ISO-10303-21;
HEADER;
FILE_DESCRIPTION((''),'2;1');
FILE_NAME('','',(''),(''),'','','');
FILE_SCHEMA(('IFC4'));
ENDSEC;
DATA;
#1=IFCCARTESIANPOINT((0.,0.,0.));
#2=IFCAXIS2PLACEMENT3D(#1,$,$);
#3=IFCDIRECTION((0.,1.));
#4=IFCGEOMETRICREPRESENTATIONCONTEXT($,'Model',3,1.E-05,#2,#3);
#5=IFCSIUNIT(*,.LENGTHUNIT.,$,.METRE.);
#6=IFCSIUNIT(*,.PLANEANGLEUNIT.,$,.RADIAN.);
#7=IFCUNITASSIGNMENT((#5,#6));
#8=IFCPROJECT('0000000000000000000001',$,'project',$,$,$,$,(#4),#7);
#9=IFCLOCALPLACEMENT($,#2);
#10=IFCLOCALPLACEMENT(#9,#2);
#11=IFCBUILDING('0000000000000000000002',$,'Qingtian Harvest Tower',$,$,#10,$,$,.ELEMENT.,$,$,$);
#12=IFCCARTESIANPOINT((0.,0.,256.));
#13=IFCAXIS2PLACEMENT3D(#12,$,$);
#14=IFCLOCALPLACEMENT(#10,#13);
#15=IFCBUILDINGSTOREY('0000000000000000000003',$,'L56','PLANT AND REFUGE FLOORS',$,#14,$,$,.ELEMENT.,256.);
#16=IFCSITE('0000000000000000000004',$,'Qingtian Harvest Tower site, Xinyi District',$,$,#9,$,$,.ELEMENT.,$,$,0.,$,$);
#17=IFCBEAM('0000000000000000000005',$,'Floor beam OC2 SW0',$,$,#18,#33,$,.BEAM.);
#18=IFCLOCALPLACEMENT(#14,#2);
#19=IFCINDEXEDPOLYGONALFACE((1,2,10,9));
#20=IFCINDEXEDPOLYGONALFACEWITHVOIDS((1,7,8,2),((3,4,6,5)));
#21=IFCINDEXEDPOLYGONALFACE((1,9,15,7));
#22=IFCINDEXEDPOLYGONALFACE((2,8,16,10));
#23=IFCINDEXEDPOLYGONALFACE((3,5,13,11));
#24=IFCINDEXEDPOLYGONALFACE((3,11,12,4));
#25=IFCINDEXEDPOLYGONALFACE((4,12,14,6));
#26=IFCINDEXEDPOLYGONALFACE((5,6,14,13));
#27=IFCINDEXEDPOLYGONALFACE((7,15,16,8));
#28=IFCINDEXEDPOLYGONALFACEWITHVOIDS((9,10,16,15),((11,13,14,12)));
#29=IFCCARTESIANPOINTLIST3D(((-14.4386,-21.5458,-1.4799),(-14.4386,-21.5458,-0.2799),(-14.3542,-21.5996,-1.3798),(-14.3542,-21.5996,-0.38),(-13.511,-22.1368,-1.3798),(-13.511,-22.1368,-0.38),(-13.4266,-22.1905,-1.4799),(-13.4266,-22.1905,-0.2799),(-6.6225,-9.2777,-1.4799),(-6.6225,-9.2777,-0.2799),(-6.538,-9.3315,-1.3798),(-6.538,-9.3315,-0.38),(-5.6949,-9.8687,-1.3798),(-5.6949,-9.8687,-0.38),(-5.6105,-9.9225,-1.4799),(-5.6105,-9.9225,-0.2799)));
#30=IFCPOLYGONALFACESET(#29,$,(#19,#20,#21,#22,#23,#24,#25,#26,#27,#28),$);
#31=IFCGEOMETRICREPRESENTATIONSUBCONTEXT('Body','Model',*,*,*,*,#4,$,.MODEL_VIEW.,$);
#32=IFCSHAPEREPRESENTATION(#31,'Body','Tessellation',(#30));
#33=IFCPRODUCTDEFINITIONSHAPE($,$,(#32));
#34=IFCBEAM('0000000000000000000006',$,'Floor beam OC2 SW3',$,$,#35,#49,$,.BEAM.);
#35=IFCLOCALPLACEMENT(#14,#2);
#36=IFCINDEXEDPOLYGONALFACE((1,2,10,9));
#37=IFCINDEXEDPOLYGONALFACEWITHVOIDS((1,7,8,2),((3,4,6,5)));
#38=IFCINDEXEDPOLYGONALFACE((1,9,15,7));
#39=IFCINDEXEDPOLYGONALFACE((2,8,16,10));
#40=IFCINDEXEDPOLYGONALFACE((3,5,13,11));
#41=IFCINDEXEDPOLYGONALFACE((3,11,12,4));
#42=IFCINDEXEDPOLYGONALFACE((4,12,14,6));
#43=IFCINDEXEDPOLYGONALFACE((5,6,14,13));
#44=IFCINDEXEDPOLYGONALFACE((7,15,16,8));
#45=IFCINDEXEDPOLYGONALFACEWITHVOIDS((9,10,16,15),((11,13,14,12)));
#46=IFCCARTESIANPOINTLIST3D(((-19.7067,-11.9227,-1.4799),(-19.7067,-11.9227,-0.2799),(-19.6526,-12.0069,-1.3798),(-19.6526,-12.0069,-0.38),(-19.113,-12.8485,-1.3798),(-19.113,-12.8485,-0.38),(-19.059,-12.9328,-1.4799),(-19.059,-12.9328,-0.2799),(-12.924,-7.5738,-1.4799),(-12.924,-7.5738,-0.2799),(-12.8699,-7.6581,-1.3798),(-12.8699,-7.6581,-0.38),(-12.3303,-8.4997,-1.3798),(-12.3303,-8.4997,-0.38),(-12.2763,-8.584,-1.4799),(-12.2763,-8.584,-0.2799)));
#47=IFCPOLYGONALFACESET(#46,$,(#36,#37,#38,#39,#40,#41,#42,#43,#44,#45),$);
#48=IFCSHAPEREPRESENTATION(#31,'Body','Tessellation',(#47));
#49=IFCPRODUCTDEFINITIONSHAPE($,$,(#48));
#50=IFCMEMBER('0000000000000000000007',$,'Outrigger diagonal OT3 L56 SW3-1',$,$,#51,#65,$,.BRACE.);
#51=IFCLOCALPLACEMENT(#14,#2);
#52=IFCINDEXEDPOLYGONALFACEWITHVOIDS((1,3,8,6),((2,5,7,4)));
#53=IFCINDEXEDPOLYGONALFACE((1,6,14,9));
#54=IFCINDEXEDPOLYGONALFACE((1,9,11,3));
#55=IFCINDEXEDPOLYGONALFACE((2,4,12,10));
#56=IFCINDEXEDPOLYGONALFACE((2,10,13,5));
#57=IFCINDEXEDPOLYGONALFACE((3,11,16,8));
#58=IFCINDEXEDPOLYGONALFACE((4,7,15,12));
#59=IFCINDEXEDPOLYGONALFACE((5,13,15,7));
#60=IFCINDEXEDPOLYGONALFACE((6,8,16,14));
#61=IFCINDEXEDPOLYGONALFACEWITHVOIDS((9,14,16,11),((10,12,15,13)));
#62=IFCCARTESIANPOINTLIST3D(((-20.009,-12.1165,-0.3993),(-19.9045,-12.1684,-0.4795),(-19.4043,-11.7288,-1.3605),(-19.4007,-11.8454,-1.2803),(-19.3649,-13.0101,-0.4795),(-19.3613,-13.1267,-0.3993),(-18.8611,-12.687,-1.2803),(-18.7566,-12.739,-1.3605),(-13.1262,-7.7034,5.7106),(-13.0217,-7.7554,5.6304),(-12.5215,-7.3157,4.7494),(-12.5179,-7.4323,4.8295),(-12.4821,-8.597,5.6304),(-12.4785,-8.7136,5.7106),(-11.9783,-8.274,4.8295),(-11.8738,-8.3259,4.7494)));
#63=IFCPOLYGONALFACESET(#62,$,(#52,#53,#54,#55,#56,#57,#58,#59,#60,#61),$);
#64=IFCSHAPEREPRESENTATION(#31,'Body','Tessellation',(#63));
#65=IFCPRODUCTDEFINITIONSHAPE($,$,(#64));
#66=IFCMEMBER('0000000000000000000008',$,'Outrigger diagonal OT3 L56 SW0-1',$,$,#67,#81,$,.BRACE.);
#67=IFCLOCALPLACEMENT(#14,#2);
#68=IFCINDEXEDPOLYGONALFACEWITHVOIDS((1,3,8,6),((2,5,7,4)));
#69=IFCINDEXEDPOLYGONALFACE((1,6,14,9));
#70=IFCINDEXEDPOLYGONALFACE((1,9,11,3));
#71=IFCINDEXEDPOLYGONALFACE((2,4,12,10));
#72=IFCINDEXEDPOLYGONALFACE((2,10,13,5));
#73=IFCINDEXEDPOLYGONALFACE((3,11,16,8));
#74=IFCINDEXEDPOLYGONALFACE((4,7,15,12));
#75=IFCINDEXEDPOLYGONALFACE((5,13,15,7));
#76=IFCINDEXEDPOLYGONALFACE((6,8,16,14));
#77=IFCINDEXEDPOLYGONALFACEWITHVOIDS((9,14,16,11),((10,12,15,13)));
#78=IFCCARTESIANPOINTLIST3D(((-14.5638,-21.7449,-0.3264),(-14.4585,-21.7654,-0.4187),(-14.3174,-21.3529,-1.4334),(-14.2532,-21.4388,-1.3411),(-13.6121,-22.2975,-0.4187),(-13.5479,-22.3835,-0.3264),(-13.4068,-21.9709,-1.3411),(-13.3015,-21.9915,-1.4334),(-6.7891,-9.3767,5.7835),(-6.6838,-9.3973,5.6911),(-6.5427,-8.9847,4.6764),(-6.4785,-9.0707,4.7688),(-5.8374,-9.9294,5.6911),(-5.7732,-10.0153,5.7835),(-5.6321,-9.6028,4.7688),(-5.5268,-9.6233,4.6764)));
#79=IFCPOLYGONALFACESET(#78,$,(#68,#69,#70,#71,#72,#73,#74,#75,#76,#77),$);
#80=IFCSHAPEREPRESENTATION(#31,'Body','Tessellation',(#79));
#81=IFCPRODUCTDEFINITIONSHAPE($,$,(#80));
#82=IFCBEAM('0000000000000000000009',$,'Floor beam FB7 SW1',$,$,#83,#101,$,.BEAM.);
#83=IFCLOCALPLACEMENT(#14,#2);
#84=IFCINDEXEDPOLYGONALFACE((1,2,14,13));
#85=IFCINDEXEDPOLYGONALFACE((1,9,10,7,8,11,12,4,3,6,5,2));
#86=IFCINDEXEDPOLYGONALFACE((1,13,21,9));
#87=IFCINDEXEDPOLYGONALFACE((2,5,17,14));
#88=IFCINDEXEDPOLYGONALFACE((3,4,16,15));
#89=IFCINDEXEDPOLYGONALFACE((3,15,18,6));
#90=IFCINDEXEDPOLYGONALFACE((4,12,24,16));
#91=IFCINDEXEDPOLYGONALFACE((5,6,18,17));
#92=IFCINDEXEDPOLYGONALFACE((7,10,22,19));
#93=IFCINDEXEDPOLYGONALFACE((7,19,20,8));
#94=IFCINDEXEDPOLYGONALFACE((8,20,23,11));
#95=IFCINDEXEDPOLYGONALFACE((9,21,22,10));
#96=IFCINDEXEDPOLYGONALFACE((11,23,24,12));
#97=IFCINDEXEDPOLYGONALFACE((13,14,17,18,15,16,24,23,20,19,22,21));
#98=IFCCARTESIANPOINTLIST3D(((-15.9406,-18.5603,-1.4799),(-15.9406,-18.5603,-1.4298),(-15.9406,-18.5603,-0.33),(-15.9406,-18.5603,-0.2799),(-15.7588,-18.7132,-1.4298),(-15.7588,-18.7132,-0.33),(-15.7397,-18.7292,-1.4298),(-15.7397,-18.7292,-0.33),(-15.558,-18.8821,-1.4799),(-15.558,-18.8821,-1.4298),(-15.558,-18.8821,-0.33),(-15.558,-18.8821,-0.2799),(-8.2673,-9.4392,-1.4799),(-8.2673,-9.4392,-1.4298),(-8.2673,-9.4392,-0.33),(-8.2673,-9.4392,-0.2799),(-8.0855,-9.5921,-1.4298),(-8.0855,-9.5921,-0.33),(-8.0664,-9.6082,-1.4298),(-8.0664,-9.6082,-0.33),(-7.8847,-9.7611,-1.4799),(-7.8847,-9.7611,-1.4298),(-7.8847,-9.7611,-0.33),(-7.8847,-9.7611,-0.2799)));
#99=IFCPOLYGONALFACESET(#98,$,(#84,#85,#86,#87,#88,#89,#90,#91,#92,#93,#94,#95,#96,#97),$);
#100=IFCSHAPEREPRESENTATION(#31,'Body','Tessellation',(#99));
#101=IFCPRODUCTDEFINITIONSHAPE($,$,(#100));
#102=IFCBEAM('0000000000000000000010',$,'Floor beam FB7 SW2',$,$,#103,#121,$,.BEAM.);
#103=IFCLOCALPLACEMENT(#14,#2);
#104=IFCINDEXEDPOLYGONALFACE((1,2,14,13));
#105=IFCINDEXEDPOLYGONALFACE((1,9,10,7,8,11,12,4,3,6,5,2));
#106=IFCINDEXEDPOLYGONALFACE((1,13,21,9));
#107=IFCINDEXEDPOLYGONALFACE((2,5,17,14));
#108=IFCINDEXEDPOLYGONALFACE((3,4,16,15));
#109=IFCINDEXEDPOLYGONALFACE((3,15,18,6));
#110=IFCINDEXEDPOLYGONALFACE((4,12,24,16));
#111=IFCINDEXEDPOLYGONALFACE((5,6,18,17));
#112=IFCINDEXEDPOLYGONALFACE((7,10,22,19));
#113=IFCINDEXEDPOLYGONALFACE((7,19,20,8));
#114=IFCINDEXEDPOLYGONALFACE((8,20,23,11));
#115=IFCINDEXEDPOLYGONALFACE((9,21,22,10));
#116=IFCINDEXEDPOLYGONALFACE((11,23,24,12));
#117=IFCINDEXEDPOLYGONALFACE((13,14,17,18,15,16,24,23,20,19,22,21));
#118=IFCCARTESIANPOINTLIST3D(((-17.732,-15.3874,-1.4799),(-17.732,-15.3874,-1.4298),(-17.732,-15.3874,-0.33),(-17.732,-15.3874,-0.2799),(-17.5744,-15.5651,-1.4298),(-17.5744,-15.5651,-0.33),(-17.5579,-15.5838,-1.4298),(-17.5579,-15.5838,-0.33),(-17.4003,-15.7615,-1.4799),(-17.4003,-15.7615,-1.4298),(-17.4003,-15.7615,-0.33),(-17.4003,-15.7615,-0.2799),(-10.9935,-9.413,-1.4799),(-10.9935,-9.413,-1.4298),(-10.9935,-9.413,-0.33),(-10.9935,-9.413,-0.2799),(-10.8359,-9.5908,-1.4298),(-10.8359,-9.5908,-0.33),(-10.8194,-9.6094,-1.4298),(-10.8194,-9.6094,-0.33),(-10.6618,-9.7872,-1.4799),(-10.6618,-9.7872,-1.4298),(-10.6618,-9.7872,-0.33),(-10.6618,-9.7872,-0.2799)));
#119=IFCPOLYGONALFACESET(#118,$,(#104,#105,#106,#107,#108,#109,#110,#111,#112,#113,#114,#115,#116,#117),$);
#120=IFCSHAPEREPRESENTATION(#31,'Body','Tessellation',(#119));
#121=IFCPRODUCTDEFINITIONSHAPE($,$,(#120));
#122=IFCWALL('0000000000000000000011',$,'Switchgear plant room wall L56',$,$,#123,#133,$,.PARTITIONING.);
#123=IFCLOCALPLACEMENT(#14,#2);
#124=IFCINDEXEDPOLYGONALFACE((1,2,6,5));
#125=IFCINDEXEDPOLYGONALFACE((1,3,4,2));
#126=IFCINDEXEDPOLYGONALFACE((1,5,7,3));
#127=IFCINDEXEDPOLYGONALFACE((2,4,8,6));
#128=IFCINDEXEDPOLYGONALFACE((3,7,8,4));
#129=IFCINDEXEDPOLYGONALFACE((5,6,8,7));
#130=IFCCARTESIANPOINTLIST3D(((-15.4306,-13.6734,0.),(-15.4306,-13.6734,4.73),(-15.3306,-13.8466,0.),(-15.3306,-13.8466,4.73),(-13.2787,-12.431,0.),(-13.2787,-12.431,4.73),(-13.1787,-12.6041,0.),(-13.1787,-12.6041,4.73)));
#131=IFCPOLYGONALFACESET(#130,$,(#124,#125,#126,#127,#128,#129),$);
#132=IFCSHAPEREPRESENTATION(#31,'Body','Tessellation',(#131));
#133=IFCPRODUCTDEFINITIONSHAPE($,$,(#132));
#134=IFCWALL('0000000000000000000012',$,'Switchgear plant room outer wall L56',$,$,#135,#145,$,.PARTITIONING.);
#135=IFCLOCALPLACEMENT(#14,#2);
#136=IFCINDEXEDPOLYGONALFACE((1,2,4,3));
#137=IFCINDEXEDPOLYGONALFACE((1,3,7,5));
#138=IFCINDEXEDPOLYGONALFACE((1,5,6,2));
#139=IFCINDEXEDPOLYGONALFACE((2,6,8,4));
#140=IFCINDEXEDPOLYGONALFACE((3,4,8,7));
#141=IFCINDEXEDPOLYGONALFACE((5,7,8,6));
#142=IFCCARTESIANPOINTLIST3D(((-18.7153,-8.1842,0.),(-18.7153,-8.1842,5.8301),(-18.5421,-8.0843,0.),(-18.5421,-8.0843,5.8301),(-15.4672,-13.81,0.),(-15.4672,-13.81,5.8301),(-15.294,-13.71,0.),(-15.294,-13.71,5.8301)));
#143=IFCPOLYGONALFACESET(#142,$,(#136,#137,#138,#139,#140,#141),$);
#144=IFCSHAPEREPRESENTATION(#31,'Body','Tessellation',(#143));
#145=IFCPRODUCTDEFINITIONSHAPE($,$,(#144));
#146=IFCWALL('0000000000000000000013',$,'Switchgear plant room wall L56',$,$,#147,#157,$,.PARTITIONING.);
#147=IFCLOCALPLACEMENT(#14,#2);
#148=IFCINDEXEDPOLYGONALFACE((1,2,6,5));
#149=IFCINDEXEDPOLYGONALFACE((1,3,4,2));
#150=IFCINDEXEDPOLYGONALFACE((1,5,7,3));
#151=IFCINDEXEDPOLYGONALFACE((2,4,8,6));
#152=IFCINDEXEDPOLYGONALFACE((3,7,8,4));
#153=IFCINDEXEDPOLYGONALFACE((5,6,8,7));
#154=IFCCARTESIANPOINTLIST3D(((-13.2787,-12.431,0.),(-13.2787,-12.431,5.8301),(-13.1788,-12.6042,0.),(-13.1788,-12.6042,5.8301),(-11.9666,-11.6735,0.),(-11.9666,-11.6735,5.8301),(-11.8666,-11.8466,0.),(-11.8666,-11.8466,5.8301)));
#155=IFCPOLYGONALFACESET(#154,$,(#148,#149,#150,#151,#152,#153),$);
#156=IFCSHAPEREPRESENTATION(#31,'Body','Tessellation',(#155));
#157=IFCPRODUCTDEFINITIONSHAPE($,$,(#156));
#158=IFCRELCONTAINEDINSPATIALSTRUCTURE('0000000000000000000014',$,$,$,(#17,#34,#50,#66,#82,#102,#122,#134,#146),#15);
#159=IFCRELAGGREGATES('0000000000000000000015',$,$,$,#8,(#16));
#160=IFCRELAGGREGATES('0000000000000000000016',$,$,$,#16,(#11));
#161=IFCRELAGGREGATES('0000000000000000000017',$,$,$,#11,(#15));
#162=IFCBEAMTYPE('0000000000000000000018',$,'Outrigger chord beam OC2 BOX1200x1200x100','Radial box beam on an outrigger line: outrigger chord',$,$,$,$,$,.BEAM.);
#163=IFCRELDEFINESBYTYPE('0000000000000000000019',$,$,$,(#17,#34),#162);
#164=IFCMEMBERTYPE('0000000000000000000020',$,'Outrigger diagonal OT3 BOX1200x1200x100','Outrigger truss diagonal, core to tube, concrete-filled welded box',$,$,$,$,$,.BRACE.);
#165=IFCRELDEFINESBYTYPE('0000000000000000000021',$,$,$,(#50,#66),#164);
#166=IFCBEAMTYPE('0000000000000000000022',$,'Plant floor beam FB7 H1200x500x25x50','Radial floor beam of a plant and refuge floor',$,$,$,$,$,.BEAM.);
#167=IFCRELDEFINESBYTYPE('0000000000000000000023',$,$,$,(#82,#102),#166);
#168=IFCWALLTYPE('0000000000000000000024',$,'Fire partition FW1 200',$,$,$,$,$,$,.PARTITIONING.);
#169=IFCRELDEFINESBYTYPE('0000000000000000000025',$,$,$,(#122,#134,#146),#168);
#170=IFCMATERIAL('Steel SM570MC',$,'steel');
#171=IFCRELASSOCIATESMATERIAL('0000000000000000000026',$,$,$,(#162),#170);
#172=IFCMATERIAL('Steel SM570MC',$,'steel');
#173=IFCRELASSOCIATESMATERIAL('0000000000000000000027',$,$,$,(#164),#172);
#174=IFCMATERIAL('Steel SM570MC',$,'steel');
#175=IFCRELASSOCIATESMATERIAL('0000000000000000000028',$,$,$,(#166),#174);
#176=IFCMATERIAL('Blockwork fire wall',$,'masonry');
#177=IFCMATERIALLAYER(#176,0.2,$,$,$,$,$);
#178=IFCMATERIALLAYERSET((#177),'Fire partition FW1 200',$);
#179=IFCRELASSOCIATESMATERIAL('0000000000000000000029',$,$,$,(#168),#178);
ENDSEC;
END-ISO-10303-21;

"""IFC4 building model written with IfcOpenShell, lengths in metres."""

from ifc_helpers import new_model, si_unit, direction, frame, frame_2d, origin, origin_2d, place, context, subcontext, project, spatial, rectangle, hollow_rectangle, i_section, extrude, material, layer, layer_set, material_profile, profile_set, type_object, element, save


model = new_model("IFC4")

# Units and contexts
model_context = context("Model", 3, precision=1e-05, world=origin(), true_north=direction((0.0, 1.0)))
body_context = subcontext(model_context, "Body", "Model", "MODEL_VIEW")
ifc_project = project(units=[si_unit("LENGTHUNIT", "METRE"), si_unit("PLANEANGLEUNIT", "RADIAN")], contexts=[model_context])

# Site, building, storey
site_placement = place(None, origin())
site = spatial("IfcSite", under=ifc_project, at=site_placement, Name="Qingtian Harvest Tower site, Xinyi District", CompositionType="ELEMENT", RefElevation=0.0)
building_placement = place(site_placement, origin())
building = spatial("IfcBuilding", under=site, at=building_placement, Name="Qingtian Harvest Tower", CompositionType="ELEMENT")
storey_placement = place(building_placement, frame((0.0, 0.0, 256.0)))
storey = spatial("IfcBuildingStorey", under=building, at=storey_placement, Name="L56", Description="PLANT AND REFUGE FLOORS", CompositionType="ELEMENT", Elevation=256.0)

# Beams
ifc_material_1 = material(Name="Steel SM570MC", Category="steel")
ifc_material_profile_1 = material_profile(ifc_material_1, hollow_rectangle(XDim=1.2, YDim=1.2, WallThickness=0.1001, at=origin_2d()), Name="BOX1200x1200x100")
ifc_profile_set_1 = profile_set([ifc_material_profile_1], Name="Steel SM570MC")
beam_type_1 = type_object("IfcBeamType", Name="Outrigger chord beam OC2 BOX1200x1200x100", Description="Radial box beam on an outrigger line: outrigger chord", PredefinedType="BEAM", material=ifc_profile_set_1)
beam_1_placement = place(storey_placement, frame((-13.9326, -21.8682, -0.8799), z_axis=(0.537326, 0.843375, 0.0), x_axis=(-0.843375, 0.537326, 0.0)))
element("IfcBeam", 1, at=beam_1_placement, inside=storey, type_object=beam_type_1, Name="Floor beam OC2 SW0", PredefinedType="BEAM", context=body_context, shape_type="SweptSolid", body=[
    extrude(hollow_rectangle(XDim=1.2, YDim=1.2, WallThickness=0.1001, at=origin_2d()), origin(), (0.0, 0.0, 1.0), 14.5464),
])
beam_2_placement = place(storey_placement, frame((-19.3828, -12.4277, -0.8799), z_axis=(0.841824, 0.539753, 0.0), x_axis=(-0.539753, 0.841824, 0.0)))
element("IfcBeam", 2, at=beam_2_placement, inside=storey, type_object=beam_type_1, Name="Floor beam OC2 SW3", PredefinedType="BEAM", context=body_context, shape_type="SweptSolid", body=[
    extrude(hollow_rectangle(XDim=1.2, YDim=1.2, WallThickness=0.1001, at=origin_2d()), origin(), (0.0, 0.0, 1.0), 8.0571),
])

# Members
ifc_material_2 = material(Name="Steel SM570MC", Category="steel")
ifc_material_profile_2 = material_profile(ifc_material_2, hollow_rectangle(XDim=1.2, YDim=1.2, WallThickness=0.1001, at=origin_2d()), Name="BOX1200x1200x100")
ifc_profile_set_2 = profile_set([ifc_material_profile_2], Name="Steel SM570MC")
member_type_1 = type_object("IfcMemberType", Name="Outrigger diagonal OT3 BOX1200x1200x100", Description="Outrigger truss diagonal, core to tube, concrete-filled welded box", PredefinedType="BRACE", material=ifc_profile_set_2)
member_1_placement = place(storey_placement, frame((-19.3828, -12.4277, -0.8799), z_axis=(0.674336, 0.432367, 0.598607), x_axis=(-0.539755, 0.841822, 0.0)))
element("IfcMember", 3, at=member_1_placement, inside=storey, type_object=member_type_1, Name="Outrigger diagonal OT3 L56 SW3-1", PredefinedType="BRACE", context=body_context, shape_type="SweptSolid", body=[
    extrude(hollow_rectangle(XDim=1.2, YDim=1.2, WallThickness=0.1001, at=origin_2d()), origin(), (0.0, 0.0, 1.0), 10.2068),
])
member_2_placement = place(storey_placement, frame((-13.9326, -21.8682, -0.8799), z_axis=(0.490979, 0.781065, 0.385845), x_axis=(-0.846625, 0.53219, 0.0)))
element("IfcMember", 4, at=member_2_placement, inside=storey, type_object=member_type_1, Name="Outrigger diagonal OT3 L56 SW0-1", PredefinedType="BRACE", context=body_context, shape_type="SweptSolid", body=[
    extrude(hollow_rectangle(XDim=1.2, YDim=1.2, WallThickness=0.1001, at=origin_2d()), origin(), (0.0, 0.0, 1.0), 15.835),
])

# Beams
ifc_material_3 = material(Name="Steel SM570MC", Category="steel")
ifc_material_profile_3 = material_profile(ifc_material_3, i_section(OverallWidth=0.5, OverallDepth=1.2, WebThickness=0.0249, FlangeThickness=0.05, at=origin_2d()), Name="H1200x500x25x50")
ifc_profile_set_3 = profile_set([ifc_material_profile_3], Name="Steel SM570MC")
beam_type_2 = type_object("IfcBeamType", Name="Plant floor beam FB7 H1200x500x25x50", Description="Radial floor beam of a plant and refuge floor", PredefinedType="BEAM", material=ifc_profile_set_3)
beam_3_placement = place(storey_placement, frame((-15.7493, -18.7212, -0.8799), z_axis=(0.643764, 0.765224, 0.0), x_axis=(-0.765224, 0.643764, 0.0)))
element("IfcBeam", 5, at=beam_3_placement, inside=storey, type_object=beam_type_2, Name="Floor beam FB7 SW1", PredefinedType="BEAM", context=body_context, shape_type="SweptSolid", body=[
    extrude(i_section(OverallWidth=0.5, OverallDepth=1.2, WebThickness=0.0249, FlangeThickness=0.05, at=origin_2d()), origin(), (0.0, 0.0, 1.0), 11.9194),
])
beam_4_placement = place(storey_placement, frame((-17.5662, -15.5745, -0.8799), z_axis=(0.74826, 0.663406, 0.0), x_axis=(-0.663406, 0.74826, 0.0)))
element("IfcBeam", 6, at=beam_4_placement, inside=storey, type_object=beam_type_2, Name="Floor beam FB7 SW2", PredefinedType="BEAM", context=body_context, shape_type="SweptSolid", body=[
    extrude(i_section(OverallWidth=0.5, OverallDepth=1.2, WebThickness=0.0249, FlangeThickness=0.05, at=origin_2d()), origin(), (0.0, 0.0, 1.0), 9.0056),
])

# Walls
ifc_material_4 = material(Name="Blockwork fire wall", Category="masonry")
ifc_layer_1 = layer(ifc_material_4, 0.2)
ifc_layer_set_1 = layer_set([ifc_layer_1], Name="Fire partition FW1 200")
wall_type = type_object("IfcWallType", Name="Fire partition FW1 200", PredefinedType="PARTITIONING", material=ifc_layer_set_1)
wall_1_placement = place(storey_placement, frame((-15.3806, -13.76, 0.0), z_axis=(0.0, 0.0, 1.0), x_axis=(0.866015, 0.500017, 0.0)))
element("IfcWall", 7, at=wall_1_placement, inside=storey, type_object=wall_type, Name="Switchgear plant room wall L56", PredefinedType="PARTITIONING", context=body_context, shape_type="SweptSolid", body=[
    extrude(rectangle(XDim=2.4849, YDim=0.2, at=frame_2d((1.2424, 0.0))), origin(), (0.0, 0.0, 1.0), 4.73),
])
wall_2_placement = place(storey_placement, frame((-15.3806, -13.76, 0.0), z_axis=(0.0, 0.0, 1.0), x_axis=(-0.500003, 0.866023, 0.0)))
element("IfcWall", 8, at=wall_2_placement, inside=storey, type_object=wall_type, Name="Switchgear plant room outer wall L56", PredefinedType="PARTITIONING", context=body_context, shape_type="SweptSolid", body=[
    extrude(rectangle(XDim=6.4961, YDim=0.2, at=frame_2d((3.248, 0.0))), origin(), (0.0, 0.0, 1.0), 5.8301),
])
wall_3_placement = place(storey_placement, frame((-13.2288, -12.5176, 0.0), z_axis=(0.0, 0.0, 1.0), x_axis=(0.866043, 0.499969, 0.0)))
element("IfcWall", 9, at=wall_3_placement, inside=storey, type_object=wall_type, Name="Switchgear plant room wall L56", PredefinedType="PARTITIONING", context=body_context, shape_type="SweptSolid", body=[
    extrude(rectangle(XDim=1.5151, YDim=0.2, at=frame_2d((0.7576, 0.0))), origin(), (0.0, 0.0, 1.0), 5.8301),
])

save(model, "model.ifc")
